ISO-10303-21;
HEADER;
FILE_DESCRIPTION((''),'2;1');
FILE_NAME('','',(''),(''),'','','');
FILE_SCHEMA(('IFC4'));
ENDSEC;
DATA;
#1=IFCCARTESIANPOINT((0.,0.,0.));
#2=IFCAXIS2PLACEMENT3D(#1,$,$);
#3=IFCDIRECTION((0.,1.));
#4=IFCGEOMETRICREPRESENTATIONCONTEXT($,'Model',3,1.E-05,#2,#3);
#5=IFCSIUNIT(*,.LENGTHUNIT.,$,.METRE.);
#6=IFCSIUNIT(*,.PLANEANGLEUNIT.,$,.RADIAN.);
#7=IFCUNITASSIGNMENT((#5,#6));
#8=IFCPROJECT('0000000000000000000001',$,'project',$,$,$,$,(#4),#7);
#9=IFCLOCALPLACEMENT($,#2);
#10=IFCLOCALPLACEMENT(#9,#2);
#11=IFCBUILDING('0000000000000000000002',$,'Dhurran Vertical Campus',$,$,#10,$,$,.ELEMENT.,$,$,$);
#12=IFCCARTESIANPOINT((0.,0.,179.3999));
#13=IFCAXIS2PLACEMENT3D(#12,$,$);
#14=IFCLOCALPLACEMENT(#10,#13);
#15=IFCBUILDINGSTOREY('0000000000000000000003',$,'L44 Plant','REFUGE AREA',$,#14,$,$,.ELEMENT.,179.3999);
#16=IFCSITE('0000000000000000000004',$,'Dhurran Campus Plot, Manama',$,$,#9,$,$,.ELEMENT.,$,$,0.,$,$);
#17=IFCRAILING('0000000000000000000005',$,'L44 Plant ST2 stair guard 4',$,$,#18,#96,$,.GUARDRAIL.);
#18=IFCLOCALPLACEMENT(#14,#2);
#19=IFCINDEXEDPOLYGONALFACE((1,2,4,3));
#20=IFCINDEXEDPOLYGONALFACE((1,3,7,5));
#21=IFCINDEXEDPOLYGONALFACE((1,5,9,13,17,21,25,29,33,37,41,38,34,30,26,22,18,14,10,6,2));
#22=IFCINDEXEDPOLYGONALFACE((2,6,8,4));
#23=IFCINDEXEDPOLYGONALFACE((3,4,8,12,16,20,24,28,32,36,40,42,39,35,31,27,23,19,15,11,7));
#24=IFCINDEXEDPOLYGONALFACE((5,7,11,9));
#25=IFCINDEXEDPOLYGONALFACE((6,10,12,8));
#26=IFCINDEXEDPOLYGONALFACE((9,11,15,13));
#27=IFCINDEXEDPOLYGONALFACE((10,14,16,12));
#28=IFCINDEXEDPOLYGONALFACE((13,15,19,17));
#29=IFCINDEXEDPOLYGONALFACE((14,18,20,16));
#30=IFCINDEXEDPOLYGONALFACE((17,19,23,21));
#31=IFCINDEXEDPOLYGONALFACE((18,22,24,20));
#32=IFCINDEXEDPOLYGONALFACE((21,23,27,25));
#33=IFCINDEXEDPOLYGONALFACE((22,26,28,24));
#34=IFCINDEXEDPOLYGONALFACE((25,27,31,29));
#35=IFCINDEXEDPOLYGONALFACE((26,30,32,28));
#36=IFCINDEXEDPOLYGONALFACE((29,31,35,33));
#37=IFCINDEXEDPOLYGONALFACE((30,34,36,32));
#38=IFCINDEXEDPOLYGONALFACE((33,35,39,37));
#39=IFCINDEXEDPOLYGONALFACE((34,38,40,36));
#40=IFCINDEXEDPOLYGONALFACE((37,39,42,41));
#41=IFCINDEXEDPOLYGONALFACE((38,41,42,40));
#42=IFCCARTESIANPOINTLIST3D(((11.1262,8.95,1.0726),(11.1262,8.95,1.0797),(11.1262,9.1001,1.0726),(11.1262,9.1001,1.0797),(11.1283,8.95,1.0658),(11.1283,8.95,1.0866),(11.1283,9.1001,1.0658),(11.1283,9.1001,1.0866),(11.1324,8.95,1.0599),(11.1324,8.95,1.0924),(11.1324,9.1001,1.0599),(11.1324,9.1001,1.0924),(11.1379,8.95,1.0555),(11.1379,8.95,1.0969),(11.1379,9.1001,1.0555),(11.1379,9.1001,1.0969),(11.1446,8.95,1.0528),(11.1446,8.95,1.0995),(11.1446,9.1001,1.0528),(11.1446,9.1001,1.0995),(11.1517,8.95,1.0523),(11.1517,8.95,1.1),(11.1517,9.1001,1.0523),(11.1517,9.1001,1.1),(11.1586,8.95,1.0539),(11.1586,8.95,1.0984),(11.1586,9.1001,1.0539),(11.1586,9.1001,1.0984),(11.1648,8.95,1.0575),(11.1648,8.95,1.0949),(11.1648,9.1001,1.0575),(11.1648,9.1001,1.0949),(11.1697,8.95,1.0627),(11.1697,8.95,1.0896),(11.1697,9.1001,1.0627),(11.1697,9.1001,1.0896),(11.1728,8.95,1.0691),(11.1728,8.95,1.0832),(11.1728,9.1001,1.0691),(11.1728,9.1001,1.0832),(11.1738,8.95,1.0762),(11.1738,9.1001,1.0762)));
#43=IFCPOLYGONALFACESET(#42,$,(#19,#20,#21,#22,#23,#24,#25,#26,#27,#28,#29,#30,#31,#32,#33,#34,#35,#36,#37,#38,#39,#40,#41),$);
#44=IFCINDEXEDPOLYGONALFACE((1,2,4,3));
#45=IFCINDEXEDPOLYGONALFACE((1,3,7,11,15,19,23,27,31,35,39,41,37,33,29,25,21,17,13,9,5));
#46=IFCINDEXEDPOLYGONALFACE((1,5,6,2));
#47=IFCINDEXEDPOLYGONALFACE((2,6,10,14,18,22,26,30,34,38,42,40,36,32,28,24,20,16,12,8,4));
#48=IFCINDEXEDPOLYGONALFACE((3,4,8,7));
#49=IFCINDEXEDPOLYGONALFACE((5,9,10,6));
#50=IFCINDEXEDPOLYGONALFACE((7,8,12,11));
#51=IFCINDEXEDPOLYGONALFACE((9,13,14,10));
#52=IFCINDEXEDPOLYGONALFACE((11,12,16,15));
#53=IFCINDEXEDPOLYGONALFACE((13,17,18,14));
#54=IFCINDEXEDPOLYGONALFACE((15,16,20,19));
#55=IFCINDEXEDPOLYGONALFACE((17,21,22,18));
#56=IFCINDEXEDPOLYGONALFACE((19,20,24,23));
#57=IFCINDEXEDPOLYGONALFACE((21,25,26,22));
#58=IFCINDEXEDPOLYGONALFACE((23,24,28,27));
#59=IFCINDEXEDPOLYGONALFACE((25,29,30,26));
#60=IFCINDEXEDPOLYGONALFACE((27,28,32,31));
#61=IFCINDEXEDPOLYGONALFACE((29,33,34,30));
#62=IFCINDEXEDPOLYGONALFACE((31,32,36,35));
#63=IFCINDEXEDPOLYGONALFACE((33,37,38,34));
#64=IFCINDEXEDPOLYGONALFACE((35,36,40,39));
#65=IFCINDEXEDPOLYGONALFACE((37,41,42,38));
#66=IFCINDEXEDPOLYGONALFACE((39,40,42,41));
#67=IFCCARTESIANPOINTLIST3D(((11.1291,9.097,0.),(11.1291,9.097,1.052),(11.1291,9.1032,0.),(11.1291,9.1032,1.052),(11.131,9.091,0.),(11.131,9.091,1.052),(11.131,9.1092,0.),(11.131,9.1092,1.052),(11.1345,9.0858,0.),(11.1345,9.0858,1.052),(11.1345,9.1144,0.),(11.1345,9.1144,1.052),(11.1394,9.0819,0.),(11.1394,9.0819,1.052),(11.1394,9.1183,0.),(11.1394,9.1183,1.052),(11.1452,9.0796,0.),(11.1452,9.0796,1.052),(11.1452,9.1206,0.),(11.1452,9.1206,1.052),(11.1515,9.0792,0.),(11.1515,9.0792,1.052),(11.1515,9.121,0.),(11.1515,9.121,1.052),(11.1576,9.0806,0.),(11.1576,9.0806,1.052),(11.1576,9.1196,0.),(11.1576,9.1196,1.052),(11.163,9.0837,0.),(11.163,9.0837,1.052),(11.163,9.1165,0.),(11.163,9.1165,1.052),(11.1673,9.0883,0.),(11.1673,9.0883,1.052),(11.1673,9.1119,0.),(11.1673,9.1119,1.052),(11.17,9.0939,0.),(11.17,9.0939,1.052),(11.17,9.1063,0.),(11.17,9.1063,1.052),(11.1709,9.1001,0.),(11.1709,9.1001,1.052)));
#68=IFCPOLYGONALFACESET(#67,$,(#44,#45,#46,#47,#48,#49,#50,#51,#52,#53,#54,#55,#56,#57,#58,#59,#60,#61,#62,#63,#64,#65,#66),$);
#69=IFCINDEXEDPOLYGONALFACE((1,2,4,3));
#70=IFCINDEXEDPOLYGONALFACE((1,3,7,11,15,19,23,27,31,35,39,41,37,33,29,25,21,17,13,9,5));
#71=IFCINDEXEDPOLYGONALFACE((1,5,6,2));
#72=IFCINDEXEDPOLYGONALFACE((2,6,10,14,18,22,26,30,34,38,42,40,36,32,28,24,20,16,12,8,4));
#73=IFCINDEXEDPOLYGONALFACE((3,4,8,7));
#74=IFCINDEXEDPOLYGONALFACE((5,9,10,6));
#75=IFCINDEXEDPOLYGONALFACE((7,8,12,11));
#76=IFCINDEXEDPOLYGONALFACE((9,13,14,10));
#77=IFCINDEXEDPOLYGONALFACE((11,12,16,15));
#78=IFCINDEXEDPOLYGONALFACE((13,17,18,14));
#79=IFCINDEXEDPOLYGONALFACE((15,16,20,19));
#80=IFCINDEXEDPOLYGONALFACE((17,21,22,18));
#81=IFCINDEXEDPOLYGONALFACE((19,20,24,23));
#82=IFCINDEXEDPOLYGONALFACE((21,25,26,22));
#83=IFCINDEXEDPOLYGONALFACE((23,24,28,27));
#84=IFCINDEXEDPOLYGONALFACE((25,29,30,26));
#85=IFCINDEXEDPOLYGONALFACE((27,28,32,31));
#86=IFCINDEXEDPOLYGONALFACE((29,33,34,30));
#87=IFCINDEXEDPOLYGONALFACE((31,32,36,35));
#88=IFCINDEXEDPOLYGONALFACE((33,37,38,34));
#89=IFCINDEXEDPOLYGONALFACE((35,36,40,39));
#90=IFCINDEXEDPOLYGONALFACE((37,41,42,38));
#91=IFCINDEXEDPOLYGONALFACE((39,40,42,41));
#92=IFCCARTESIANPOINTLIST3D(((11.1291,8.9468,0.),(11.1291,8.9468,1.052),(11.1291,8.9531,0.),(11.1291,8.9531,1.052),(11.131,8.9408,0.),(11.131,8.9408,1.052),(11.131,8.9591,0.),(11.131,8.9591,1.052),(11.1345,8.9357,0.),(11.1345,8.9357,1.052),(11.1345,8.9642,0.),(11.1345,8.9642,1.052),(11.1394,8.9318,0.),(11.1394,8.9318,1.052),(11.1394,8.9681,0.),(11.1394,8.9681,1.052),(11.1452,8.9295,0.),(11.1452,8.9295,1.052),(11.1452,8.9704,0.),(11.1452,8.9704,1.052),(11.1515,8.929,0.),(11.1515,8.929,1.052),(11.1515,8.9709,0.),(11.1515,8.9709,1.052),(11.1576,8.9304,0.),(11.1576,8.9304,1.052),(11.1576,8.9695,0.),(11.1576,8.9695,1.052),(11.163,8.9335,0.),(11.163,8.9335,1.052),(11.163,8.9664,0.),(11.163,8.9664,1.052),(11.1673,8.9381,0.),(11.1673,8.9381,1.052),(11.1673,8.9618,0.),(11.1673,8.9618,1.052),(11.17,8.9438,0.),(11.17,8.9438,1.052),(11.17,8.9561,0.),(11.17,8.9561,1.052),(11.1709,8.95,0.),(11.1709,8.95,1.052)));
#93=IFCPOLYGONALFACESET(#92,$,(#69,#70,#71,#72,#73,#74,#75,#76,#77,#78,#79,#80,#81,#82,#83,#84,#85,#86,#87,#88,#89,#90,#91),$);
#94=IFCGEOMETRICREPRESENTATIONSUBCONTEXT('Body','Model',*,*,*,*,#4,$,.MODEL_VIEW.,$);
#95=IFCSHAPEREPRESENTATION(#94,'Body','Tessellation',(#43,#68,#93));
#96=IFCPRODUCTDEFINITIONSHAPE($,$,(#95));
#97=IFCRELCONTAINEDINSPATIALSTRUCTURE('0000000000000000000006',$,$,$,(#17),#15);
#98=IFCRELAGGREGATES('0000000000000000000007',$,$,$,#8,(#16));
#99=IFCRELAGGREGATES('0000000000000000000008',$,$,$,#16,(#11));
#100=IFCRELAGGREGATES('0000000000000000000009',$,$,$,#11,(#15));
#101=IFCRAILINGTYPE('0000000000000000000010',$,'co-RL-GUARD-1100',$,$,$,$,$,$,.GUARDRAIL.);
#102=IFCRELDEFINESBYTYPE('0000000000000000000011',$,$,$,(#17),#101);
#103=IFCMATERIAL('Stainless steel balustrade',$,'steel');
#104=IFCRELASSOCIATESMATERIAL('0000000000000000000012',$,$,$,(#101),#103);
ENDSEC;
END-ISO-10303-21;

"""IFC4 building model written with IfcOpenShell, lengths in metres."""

from ifc_helpers import new_model, si_unit, direction, frame, origin, origin_2d, place, context, subcontext, project, spatial, circle, extrude, material, type_object, element, save


model = new_model("IFC4")

# Units and contexts
model_context = context("Model", 3, precision=1e-05, world=origin(), true_north=direction((0.0, 1.0)))
body_context = subcontext(model_context, "Body", "Model", "MODEL_VIEW")
ifc_project = project(units=[si_unit("LENGTHUNIT", "METRE"), si_unit("PLANEANGLEUNIT", "RADIAN")], contexts=[model_context])

# Site, building, storey
site_placement = place(None, origin())
site = spatial("IfcSite", under=ifc_project, at=site_placement, Name="Dhurran Campus Plot, Manama", CompositionType="ELEMENT", RefElevation=0.0)
building_placement = place(site_placement, origin())
building = spatial("IfcBuilding", under=site, at=building_placement, Name="Dhurran Vertical Campus", CompositionType="ELEMENT")
storey_placement = place(building_placement, frame((0.0, 0.0, 179.3999)))
storey = spatial("IfcBuildingStorey", under=building, at=storey_placement, Name="L44 Plant", Description="REFUGE AREA", CompositionType="ELEMENT", Elevation=179.3999)

# Railing
ifc_material_1 = material(Name="Stainless steel balustrade", Category="steel")
railing_type_1 = type_object("IfcRailingType", Name="co-RL-GUARD-1100", PredefinedType="GUARDRAIL", material=ifc_material_1)
railing_1_placement = place(storey_placement, frame((11.1499, 9.1001, 0.0)))
element("IfcRailing", 1, at=railing_1_placement, inside=storey, type_object=railing_type_1, Name="L44 Plant ST2 stair guard 4", PredefinedType="GUARDRAIL", context=body_context, shape_type="SweptSolid", body=[
    extrude(circle(Radius=0.0239, at=origin_2d()), frame((0.0, 0.0, 1.0762), z_axis=(0.0, -1.0, 0.0), x_axis=(1.0, 0.0, 0.0)), (0.0, 0.0, 1.0), 0.1501),
    extrude(circle(Radius=0.021, at=origin_2d()), origin(), (0.0, 0.0, 1.0), 1.052),
    extrude(circle(Radius=0.021, at=origin_2d()), frame((0.0, -0.1501, 0.0)), (0.0, 0.0, 1.0), 1.052),
])

save(model, "model.ifc")
